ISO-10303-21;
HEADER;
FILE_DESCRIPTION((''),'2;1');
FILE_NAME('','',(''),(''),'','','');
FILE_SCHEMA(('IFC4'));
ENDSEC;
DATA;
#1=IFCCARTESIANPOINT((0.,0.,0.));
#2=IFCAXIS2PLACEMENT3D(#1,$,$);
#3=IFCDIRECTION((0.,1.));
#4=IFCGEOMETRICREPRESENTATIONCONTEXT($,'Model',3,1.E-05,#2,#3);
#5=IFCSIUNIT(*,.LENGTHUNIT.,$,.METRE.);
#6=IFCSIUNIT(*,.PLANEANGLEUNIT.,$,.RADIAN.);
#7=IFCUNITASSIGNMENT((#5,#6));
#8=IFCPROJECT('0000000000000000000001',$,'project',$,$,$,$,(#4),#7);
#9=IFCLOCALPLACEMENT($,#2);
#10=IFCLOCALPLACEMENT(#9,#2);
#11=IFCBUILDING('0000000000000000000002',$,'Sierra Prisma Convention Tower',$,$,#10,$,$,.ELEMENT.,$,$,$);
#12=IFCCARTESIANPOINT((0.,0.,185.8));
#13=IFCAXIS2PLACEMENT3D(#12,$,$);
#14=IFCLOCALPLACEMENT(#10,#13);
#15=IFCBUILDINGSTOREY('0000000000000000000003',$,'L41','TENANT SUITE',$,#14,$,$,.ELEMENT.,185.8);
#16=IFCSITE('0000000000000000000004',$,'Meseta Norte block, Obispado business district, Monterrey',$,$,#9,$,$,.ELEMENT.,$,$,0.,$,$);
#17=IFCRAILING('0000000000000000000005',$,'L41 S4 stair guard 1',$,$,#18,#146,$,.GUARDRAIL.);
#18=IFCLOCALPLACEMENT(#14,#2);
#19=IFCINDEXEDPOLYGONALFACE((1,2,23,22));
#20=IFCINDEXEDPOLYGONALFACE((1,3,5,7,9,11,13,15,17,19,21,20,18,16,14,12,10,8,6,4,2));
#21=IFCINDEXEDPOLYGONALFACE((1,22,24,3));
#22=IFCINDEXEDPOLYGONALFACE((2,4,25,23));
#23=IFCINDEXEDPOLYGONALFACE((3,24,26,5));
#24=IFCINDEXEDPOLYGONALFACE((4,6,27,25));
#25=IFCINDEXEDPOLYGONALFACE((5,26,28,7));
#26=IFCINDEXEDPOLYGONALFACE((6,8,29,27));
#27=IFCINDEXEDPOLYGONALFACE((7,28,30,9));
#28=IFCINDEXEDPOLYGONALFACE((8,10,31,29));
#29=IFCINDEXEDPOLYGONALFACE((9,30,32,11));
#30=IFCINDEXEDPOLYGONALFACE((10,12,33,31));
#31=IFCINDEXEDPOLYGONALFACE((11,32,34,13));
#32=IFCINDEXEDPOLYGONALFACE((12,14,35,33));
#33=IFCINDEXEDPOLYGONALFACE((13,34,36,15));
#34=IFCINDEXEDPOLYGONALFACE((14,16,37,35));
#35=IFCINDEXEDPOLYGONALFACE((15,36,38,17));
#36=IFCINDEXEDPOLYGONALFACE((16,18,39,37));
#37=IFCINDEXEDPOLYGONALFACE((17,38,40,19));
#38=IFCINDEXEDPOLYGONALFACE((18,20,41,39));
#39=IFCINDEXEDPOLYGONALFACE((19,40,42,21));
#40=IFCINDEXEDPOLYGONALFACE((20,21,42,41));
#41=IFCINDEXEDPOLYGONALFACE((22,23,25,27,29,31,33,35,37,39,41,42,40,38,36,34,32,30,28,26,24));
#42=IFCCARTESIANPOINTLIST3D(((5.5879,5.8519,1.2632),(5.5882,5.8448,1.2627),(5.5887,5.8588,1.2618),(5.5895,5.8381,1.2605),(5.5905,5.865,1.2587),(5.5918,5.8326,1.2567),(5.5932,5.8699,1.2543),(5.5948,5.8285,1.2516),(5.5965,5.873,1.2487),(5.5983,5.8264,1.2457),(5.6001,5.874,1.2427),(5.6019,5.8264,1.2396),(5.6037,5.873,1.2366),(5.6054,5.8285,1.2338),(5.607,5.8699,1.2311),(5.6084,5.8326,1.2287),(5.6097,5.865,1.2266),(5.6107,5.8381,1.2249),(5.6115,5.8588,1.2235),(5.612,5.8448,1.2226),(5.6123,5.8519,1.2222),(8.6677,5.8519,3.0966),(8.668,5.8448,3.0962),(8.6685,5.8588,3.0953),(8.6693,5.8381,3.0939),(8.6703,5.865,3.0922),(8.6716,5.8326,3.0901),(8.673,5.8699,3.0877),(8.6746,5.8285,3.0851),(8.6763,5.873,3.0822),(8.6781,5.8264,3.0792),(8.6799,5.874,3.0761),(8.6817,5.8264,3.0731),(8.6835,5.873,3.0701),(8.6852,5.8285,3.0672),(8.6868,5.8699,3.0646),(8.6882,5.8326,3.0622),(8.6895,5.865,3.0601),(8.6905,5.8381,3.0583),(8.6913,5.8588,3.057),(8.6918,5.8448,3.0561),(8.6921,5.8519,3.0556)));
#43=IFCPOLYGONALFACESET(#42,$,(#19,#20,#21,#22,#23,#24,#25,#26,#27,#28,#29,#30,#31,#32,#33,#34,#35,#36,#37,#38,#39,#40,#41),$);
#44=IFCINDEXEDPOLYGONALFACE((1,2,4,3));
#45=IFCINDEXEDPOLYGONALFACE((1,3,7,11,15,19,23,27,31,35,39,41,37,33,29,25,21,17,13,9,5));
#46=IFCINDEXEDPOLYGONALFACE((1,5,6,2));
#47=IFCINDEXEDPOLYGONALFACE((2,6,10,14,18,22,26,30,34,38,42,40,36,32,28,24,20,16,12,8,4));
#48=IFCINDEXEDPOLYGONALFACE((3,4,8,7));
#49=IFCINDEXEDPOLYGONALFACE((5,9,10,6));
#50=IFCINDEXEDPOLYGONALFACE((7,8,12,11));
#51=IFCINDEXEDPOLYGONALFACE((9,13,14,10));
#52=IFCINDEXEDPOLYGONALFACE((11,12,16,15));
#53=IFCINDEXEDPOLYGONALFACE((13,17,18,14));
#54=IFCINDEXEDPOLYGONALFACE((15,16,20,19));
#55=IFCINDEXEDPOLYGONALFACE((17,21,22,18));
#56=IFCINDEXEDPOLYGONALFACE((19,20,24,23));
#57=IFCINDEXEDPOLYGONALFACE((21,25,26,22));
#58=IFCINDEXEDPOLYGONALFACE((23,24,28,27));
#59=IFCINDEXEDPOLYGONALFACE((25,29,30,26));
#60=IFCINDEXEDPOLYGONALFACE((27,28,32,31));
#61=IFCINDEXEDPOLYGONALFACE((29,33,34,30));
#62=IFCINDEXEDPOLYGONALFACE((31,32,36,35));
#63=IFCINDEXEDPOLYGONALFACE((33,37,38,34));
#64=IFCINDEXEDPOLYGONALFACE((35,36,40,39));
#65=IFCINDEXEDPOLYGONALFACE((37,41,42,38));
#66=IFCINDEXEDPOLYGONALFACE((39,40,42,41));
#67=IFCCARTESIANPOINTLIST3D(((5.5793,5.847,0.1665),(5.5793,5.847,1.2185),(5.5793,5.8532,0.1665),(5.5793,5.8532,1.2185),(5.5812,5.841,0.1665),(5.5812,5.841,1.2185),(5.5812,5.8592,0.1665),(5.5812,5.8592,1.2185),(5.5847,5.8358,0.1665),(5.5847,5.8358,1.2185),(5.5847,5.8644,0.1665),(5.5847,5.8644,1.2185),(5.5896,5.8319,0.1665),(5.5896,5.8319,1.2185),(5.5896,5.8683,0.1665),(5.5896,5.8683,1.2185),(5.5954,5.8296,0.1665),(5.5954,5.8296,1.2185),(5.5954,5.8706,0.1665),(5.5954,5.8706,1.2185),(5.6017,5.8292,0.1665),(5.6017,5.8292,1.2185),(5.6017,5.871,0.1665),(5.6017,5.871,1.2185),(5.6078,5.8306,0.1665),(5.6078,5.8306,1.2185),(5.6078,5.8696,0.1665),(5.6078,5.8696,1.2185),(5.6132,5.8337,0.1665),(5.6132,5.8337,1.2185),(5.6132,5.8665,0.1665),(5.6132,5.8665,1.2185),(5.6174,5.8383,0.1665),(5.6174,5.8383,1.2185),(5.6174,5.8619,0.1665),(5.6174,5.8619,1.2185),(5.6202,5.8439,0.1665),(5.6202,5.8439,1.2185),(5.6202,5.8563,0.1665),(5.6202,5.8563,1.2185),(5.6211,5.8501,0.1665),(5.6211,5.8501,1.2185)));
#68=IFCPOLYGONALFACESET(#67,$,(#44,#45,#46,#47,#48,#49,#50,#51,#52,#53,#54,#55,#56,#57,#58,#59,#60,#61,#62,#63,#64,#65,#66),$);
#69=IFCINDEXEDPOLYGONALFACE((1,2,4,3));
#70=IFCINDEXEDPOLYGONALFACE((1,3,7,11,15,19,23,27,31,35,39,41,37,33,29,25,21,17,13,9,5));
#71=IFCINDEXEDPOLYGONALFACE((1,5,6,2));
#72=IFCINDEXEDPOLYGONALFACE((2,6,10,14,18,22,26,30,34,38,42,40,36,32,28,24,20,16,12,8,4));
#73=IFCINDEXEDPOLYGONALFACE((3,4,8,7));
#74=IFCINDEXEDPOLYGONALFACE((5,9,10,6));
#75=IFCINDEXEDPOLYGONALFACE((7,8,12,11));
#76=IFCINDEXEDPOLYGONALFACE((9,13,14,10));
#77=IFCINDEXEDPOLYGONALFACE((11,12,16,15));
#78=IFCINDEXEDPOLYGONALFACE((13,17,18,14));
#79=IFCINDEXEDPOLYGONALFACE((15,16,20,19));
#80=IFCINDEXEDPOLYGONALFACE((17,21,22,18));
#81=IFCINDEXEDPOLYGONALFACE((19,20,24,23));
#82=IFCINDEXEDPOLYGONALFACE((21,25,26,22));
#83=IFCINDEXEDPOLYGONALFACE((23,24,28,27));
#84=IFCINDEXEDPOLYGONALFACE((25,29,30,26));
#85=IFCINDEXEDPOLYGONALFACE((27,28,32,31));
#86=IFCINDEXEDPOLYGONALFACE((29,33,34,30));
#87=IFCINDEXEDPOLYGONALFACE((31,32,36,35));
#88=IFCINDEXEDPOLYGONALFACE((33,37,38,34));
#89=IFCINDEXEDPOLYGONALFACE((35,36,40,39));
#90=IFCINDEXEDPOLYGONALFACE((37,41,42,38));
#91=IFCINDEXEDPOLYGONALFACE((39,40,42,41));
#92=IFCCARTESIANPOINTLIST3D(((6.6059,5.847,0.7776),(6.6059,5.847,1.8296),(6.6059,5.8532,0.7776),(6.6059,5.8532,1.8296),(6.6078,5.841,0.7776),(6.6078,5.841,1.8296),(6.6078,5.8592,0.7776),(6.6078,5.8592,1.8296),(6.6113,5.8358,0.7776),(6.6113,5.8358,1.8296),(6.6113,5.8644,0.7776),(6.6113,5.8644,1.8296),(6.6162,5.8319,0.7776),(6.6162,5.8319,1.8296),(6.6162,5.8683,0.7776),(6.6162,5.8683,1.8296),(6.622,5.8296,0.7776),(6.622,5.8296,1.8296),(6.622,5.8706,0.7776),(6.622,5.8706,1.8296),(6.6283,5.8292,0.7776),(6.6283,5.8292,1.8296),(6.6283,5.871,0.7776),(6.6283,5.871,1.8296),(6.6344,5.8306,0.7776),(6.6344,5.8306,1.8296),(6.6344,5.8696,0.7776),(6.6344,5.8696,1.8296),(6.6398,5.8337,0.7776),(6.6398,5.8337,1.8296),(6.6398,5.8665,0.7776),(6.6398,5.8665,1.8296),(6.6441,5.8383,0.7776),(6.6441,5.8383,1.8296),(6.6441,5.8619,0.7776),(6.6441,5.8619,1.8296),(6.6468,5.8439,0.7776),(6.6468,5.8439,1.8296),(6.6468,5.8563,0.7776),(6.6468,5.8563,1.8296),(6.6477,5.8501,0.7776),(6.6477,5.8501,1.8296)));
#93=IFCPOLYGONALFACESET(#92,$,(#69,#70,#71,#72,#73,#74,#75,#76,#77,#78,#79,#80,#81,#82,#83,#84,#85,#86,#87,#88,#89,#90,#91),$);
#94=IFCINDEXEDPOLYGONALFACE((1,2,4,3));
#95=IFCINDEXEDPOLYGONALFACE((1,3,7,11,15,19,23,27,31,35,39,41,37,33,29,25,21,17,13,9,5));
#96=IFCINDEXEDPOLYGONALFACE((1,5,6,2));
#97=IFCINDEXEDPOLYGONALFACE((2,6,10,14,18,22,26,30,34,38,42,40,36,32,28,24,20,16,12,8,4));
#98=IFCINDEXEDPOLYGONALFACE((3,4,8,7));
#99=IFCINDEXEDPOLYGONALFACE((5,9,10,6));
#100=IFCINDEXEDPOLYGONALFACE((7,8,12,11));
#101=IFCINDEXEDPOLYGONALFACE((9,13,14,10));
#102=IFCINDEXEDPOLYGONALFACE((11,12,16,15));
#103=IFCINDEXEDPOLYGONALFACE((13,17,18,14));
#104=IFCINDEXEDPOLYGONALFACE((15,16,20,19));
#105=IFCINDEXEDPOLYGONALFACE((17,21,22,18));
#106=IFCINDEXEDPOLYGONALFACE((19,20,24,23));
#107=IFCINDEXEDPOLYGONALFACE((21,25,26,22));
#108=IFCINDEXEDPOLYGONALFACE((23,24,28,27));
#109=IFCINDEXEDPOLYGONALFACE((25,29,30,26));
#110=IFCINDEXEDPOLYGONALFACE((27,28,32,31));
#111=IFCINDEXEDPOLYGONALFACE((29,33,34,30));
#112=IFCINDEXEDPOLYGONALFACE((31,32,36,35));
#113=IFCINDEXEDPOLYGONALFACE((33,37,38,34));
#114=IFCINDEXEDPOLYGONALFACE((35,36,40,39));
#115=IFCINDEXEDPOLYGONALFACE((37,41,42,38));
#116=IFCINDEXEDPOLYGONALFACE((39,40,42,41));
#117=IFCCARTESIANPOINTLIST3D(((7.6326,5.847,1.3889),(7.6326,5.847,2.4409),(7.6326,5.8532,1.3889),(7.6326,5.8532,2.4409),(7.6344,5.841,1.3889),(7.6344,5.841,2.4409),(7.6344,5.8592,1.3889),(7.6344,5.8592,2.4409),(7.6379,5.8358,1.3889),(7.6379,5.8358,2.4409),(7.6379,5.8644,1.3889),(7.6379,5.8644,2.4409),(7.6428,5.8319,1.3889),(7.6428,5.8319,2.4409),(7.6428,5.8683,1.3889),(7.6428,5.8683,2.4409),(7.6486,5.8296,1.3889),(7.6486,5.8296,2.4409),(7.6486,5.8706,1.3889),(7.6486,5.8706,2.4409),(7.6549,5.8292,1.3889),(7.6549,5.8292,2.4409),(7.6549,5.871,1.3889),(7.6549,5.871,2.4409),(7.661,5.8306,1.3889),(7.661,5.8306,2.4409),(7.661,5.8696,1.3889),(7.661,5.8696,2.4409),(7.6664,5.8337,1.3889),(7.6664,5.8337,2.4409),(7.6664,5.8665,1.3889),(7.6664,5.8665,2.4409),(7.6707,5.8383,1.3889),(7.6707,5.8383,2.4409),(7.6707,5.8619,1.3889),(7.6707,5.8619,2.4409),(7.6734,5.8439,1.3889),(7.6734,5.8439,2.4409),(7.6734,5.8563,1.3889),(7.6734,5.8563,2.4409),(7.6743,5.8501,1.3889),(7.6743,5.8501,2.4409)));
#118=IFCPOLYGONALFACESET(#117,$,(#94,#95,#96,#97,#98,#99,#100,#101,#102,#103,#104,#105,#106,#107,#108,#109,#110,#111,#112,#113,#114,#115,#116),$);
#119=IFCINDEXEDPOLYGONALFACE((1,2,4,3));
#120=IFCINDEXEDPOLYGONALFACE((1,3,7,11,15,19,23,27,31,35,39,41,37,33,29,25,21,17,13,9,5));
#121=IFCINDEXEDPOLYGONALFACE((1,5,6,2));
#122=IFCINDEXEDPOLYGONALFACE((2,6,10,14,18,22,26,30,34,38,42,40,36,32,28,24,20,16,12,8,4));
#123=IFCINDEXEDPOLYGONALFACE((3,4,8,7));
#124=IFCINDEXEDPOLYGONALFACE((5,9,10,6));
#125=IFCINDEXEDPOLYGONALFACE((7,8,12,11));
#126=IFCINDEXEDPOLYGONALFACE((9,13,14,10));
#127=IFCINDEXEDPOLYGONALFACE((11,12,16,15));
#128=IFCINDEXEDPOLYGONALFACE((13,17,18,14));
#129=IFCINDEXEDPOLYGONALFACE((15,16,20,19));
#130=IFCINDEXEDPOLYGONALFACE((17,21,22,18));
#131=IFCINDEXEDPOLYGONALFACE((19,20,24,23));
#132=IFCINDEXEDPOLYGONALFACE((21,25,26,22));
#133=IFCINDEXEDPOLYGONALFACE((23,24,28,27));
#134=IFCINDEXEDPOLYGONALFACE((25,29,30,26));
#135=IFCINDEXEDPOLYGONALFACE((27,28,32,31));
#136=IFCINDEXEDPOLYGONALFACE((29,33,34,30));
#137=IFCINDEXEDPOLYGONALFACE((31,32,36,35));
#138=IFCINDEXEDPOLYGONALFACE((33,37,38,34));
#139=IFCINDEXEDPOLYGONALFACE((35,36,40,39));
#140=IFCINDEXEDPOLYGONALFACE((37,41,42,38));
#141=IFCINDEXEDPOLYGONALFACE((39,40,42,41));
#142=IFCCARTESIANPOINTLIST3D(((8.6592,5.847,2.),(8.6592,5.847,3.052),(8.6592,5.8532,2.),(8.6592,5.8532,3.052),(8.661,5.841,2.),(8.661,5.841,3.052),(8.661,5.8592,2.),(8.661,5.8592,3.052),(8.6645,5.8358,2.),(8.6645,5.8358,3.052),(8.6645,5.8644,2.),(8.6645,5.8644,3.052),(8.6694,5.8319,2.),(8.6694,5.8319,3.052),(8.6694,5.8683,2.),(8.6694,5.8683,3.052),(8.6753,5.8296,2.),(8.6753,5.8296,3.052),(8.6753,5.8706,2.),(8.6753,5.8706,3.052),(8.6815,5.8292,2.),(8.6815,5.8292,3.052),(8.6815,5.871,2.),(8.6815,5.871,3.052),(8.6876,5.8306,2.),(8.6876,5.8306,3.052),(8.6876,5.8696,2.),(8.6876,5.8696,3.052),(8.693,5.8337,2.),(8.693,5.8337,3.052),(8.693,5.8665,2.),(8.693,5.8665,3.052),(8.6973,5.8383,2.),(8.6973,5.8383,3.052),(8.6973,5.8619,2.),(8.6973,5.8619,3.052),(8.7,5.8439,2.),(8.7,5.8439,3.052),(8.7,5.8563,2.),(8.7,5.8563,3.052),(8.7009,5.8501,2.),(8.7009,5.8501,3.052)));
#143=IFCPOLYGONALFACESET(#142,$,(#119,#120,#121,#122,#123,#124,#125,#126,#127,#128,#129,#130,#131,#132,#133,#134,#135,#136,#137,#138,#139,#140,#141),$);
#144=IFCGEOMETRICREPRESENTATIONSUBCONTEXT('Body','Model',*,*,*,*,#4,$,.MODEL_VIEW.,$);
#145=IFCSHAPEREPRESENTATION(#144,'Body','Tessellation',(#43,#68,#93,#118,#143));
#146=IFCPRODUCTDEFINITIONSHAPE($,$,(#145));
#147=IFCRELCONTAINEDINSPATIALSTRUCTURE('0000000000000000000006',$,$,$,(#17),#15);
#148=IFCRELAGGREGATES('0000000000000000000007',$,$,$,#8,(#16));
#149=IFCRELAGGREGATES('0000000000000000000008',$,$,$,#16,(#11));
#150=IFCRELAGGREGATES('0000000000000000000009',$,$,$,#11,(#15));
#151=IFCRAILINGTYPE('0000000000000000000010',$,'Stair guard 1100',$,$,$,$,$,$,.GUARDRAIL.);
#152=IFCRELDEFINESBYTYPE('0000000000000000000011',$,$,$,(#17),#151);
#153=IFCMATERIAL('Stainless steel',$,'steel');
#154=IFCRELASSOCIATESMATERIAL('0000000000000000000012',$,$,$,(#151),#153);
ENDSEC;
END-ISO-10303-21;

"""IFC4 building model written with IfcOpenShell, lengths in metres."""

from ifc_helpers import new_model, si_unit, direction, frame, origin, origin_2d, place, context, subcontext, project, spatial, circle, extrude, material, type_object, element, save


model = new_model("IFC4")

# Units and contexts
model_context = context("Model", 3, precision=1e-05, world=origin(), true_north=direction((0.0, 1.0)))
body_context = subcontext(model_context, "Body", "Model", "MODEL_VIEW")
ifc_project = project(units=[si_unit("LENGTHUNIT", "METRE"), si_unit("PLANEANGLEUNIT", "RADIAN")], contexts=[model_context])

# Site, building, storey
site_placement = place(None, origin())
site = spatial("IfcSite", under=ifc_project, at=site_placement, Name="Meseta Norte block, Obispado business district, Monterrey", CompositionType="ELEMENT", RefElevation=0.0)
building_placement = place(site_placement, origin())
building = spatial("IfcBuilding", under=site, at=building_placement, Name="Sierra Prisma Convention Tower", CompositionType="ELEMENT")
storey_placement = place(building_placement, frame((0.0, 0.0, 185.8)))
storey = spatial("IfcBuildingStorey", under=building, at=storey_placement, Name="L41", Description="TENANT SUITE", CompositionType="ELEMENT", Elevation=185.8)

# Railing
ifc_material_1 = material(Name="Stainless steel", Category="steel")
railing_type_1 = type_object("IfcRailingType", Name="Stair guard 1100", PredefinedType="GUARDRAIL", material=ifc_material_1)
railing_1_placement = place(storey_placement, frame((5.6001, 5.8501, 0.1665)))
element("IfcRailing", 1, at=railing_1_placement, inside=storey, type_object=railing_type_1, Name="L41 S4 stair guard 1", PredefinedType="GUARDRAIL", context=body_context, shape_type="SweptSolid", body=[
    extrude(circle(Radius=0.0239, at=origin_2d()), frame((0.0, 0.0, 1.0762), z_axis=(0.859261, 0.0, 0.511538), x_axis=(0.0, 1.0, 0.0)), (0.0, 0.0, 1.0), 3.5842),
    extrude(circle(Radius=0.021, at=origin_2d()), origin(), (0.0, 0.0, 1.0), 1.052),
    extrude(circle(Radius=0.021, at=origin_2d()), frame((1.0266, 0.0, 0.6111)), (0.0, 0.0, 1.0), 1.052),
    extrude(circle(Radius=0.021, at=origin_2d()), frame((2.0532, 0.0, 1.2224)), (0.0, 0.0, 1.0), 1.052),
    extrude(circle(Radius=0.021, at=origin_2d()), frame((3.0798, 0.0, 1.8335)), (0.0, 0.0, 1.0), 1.052),
])

save(model, "model.ifc")
